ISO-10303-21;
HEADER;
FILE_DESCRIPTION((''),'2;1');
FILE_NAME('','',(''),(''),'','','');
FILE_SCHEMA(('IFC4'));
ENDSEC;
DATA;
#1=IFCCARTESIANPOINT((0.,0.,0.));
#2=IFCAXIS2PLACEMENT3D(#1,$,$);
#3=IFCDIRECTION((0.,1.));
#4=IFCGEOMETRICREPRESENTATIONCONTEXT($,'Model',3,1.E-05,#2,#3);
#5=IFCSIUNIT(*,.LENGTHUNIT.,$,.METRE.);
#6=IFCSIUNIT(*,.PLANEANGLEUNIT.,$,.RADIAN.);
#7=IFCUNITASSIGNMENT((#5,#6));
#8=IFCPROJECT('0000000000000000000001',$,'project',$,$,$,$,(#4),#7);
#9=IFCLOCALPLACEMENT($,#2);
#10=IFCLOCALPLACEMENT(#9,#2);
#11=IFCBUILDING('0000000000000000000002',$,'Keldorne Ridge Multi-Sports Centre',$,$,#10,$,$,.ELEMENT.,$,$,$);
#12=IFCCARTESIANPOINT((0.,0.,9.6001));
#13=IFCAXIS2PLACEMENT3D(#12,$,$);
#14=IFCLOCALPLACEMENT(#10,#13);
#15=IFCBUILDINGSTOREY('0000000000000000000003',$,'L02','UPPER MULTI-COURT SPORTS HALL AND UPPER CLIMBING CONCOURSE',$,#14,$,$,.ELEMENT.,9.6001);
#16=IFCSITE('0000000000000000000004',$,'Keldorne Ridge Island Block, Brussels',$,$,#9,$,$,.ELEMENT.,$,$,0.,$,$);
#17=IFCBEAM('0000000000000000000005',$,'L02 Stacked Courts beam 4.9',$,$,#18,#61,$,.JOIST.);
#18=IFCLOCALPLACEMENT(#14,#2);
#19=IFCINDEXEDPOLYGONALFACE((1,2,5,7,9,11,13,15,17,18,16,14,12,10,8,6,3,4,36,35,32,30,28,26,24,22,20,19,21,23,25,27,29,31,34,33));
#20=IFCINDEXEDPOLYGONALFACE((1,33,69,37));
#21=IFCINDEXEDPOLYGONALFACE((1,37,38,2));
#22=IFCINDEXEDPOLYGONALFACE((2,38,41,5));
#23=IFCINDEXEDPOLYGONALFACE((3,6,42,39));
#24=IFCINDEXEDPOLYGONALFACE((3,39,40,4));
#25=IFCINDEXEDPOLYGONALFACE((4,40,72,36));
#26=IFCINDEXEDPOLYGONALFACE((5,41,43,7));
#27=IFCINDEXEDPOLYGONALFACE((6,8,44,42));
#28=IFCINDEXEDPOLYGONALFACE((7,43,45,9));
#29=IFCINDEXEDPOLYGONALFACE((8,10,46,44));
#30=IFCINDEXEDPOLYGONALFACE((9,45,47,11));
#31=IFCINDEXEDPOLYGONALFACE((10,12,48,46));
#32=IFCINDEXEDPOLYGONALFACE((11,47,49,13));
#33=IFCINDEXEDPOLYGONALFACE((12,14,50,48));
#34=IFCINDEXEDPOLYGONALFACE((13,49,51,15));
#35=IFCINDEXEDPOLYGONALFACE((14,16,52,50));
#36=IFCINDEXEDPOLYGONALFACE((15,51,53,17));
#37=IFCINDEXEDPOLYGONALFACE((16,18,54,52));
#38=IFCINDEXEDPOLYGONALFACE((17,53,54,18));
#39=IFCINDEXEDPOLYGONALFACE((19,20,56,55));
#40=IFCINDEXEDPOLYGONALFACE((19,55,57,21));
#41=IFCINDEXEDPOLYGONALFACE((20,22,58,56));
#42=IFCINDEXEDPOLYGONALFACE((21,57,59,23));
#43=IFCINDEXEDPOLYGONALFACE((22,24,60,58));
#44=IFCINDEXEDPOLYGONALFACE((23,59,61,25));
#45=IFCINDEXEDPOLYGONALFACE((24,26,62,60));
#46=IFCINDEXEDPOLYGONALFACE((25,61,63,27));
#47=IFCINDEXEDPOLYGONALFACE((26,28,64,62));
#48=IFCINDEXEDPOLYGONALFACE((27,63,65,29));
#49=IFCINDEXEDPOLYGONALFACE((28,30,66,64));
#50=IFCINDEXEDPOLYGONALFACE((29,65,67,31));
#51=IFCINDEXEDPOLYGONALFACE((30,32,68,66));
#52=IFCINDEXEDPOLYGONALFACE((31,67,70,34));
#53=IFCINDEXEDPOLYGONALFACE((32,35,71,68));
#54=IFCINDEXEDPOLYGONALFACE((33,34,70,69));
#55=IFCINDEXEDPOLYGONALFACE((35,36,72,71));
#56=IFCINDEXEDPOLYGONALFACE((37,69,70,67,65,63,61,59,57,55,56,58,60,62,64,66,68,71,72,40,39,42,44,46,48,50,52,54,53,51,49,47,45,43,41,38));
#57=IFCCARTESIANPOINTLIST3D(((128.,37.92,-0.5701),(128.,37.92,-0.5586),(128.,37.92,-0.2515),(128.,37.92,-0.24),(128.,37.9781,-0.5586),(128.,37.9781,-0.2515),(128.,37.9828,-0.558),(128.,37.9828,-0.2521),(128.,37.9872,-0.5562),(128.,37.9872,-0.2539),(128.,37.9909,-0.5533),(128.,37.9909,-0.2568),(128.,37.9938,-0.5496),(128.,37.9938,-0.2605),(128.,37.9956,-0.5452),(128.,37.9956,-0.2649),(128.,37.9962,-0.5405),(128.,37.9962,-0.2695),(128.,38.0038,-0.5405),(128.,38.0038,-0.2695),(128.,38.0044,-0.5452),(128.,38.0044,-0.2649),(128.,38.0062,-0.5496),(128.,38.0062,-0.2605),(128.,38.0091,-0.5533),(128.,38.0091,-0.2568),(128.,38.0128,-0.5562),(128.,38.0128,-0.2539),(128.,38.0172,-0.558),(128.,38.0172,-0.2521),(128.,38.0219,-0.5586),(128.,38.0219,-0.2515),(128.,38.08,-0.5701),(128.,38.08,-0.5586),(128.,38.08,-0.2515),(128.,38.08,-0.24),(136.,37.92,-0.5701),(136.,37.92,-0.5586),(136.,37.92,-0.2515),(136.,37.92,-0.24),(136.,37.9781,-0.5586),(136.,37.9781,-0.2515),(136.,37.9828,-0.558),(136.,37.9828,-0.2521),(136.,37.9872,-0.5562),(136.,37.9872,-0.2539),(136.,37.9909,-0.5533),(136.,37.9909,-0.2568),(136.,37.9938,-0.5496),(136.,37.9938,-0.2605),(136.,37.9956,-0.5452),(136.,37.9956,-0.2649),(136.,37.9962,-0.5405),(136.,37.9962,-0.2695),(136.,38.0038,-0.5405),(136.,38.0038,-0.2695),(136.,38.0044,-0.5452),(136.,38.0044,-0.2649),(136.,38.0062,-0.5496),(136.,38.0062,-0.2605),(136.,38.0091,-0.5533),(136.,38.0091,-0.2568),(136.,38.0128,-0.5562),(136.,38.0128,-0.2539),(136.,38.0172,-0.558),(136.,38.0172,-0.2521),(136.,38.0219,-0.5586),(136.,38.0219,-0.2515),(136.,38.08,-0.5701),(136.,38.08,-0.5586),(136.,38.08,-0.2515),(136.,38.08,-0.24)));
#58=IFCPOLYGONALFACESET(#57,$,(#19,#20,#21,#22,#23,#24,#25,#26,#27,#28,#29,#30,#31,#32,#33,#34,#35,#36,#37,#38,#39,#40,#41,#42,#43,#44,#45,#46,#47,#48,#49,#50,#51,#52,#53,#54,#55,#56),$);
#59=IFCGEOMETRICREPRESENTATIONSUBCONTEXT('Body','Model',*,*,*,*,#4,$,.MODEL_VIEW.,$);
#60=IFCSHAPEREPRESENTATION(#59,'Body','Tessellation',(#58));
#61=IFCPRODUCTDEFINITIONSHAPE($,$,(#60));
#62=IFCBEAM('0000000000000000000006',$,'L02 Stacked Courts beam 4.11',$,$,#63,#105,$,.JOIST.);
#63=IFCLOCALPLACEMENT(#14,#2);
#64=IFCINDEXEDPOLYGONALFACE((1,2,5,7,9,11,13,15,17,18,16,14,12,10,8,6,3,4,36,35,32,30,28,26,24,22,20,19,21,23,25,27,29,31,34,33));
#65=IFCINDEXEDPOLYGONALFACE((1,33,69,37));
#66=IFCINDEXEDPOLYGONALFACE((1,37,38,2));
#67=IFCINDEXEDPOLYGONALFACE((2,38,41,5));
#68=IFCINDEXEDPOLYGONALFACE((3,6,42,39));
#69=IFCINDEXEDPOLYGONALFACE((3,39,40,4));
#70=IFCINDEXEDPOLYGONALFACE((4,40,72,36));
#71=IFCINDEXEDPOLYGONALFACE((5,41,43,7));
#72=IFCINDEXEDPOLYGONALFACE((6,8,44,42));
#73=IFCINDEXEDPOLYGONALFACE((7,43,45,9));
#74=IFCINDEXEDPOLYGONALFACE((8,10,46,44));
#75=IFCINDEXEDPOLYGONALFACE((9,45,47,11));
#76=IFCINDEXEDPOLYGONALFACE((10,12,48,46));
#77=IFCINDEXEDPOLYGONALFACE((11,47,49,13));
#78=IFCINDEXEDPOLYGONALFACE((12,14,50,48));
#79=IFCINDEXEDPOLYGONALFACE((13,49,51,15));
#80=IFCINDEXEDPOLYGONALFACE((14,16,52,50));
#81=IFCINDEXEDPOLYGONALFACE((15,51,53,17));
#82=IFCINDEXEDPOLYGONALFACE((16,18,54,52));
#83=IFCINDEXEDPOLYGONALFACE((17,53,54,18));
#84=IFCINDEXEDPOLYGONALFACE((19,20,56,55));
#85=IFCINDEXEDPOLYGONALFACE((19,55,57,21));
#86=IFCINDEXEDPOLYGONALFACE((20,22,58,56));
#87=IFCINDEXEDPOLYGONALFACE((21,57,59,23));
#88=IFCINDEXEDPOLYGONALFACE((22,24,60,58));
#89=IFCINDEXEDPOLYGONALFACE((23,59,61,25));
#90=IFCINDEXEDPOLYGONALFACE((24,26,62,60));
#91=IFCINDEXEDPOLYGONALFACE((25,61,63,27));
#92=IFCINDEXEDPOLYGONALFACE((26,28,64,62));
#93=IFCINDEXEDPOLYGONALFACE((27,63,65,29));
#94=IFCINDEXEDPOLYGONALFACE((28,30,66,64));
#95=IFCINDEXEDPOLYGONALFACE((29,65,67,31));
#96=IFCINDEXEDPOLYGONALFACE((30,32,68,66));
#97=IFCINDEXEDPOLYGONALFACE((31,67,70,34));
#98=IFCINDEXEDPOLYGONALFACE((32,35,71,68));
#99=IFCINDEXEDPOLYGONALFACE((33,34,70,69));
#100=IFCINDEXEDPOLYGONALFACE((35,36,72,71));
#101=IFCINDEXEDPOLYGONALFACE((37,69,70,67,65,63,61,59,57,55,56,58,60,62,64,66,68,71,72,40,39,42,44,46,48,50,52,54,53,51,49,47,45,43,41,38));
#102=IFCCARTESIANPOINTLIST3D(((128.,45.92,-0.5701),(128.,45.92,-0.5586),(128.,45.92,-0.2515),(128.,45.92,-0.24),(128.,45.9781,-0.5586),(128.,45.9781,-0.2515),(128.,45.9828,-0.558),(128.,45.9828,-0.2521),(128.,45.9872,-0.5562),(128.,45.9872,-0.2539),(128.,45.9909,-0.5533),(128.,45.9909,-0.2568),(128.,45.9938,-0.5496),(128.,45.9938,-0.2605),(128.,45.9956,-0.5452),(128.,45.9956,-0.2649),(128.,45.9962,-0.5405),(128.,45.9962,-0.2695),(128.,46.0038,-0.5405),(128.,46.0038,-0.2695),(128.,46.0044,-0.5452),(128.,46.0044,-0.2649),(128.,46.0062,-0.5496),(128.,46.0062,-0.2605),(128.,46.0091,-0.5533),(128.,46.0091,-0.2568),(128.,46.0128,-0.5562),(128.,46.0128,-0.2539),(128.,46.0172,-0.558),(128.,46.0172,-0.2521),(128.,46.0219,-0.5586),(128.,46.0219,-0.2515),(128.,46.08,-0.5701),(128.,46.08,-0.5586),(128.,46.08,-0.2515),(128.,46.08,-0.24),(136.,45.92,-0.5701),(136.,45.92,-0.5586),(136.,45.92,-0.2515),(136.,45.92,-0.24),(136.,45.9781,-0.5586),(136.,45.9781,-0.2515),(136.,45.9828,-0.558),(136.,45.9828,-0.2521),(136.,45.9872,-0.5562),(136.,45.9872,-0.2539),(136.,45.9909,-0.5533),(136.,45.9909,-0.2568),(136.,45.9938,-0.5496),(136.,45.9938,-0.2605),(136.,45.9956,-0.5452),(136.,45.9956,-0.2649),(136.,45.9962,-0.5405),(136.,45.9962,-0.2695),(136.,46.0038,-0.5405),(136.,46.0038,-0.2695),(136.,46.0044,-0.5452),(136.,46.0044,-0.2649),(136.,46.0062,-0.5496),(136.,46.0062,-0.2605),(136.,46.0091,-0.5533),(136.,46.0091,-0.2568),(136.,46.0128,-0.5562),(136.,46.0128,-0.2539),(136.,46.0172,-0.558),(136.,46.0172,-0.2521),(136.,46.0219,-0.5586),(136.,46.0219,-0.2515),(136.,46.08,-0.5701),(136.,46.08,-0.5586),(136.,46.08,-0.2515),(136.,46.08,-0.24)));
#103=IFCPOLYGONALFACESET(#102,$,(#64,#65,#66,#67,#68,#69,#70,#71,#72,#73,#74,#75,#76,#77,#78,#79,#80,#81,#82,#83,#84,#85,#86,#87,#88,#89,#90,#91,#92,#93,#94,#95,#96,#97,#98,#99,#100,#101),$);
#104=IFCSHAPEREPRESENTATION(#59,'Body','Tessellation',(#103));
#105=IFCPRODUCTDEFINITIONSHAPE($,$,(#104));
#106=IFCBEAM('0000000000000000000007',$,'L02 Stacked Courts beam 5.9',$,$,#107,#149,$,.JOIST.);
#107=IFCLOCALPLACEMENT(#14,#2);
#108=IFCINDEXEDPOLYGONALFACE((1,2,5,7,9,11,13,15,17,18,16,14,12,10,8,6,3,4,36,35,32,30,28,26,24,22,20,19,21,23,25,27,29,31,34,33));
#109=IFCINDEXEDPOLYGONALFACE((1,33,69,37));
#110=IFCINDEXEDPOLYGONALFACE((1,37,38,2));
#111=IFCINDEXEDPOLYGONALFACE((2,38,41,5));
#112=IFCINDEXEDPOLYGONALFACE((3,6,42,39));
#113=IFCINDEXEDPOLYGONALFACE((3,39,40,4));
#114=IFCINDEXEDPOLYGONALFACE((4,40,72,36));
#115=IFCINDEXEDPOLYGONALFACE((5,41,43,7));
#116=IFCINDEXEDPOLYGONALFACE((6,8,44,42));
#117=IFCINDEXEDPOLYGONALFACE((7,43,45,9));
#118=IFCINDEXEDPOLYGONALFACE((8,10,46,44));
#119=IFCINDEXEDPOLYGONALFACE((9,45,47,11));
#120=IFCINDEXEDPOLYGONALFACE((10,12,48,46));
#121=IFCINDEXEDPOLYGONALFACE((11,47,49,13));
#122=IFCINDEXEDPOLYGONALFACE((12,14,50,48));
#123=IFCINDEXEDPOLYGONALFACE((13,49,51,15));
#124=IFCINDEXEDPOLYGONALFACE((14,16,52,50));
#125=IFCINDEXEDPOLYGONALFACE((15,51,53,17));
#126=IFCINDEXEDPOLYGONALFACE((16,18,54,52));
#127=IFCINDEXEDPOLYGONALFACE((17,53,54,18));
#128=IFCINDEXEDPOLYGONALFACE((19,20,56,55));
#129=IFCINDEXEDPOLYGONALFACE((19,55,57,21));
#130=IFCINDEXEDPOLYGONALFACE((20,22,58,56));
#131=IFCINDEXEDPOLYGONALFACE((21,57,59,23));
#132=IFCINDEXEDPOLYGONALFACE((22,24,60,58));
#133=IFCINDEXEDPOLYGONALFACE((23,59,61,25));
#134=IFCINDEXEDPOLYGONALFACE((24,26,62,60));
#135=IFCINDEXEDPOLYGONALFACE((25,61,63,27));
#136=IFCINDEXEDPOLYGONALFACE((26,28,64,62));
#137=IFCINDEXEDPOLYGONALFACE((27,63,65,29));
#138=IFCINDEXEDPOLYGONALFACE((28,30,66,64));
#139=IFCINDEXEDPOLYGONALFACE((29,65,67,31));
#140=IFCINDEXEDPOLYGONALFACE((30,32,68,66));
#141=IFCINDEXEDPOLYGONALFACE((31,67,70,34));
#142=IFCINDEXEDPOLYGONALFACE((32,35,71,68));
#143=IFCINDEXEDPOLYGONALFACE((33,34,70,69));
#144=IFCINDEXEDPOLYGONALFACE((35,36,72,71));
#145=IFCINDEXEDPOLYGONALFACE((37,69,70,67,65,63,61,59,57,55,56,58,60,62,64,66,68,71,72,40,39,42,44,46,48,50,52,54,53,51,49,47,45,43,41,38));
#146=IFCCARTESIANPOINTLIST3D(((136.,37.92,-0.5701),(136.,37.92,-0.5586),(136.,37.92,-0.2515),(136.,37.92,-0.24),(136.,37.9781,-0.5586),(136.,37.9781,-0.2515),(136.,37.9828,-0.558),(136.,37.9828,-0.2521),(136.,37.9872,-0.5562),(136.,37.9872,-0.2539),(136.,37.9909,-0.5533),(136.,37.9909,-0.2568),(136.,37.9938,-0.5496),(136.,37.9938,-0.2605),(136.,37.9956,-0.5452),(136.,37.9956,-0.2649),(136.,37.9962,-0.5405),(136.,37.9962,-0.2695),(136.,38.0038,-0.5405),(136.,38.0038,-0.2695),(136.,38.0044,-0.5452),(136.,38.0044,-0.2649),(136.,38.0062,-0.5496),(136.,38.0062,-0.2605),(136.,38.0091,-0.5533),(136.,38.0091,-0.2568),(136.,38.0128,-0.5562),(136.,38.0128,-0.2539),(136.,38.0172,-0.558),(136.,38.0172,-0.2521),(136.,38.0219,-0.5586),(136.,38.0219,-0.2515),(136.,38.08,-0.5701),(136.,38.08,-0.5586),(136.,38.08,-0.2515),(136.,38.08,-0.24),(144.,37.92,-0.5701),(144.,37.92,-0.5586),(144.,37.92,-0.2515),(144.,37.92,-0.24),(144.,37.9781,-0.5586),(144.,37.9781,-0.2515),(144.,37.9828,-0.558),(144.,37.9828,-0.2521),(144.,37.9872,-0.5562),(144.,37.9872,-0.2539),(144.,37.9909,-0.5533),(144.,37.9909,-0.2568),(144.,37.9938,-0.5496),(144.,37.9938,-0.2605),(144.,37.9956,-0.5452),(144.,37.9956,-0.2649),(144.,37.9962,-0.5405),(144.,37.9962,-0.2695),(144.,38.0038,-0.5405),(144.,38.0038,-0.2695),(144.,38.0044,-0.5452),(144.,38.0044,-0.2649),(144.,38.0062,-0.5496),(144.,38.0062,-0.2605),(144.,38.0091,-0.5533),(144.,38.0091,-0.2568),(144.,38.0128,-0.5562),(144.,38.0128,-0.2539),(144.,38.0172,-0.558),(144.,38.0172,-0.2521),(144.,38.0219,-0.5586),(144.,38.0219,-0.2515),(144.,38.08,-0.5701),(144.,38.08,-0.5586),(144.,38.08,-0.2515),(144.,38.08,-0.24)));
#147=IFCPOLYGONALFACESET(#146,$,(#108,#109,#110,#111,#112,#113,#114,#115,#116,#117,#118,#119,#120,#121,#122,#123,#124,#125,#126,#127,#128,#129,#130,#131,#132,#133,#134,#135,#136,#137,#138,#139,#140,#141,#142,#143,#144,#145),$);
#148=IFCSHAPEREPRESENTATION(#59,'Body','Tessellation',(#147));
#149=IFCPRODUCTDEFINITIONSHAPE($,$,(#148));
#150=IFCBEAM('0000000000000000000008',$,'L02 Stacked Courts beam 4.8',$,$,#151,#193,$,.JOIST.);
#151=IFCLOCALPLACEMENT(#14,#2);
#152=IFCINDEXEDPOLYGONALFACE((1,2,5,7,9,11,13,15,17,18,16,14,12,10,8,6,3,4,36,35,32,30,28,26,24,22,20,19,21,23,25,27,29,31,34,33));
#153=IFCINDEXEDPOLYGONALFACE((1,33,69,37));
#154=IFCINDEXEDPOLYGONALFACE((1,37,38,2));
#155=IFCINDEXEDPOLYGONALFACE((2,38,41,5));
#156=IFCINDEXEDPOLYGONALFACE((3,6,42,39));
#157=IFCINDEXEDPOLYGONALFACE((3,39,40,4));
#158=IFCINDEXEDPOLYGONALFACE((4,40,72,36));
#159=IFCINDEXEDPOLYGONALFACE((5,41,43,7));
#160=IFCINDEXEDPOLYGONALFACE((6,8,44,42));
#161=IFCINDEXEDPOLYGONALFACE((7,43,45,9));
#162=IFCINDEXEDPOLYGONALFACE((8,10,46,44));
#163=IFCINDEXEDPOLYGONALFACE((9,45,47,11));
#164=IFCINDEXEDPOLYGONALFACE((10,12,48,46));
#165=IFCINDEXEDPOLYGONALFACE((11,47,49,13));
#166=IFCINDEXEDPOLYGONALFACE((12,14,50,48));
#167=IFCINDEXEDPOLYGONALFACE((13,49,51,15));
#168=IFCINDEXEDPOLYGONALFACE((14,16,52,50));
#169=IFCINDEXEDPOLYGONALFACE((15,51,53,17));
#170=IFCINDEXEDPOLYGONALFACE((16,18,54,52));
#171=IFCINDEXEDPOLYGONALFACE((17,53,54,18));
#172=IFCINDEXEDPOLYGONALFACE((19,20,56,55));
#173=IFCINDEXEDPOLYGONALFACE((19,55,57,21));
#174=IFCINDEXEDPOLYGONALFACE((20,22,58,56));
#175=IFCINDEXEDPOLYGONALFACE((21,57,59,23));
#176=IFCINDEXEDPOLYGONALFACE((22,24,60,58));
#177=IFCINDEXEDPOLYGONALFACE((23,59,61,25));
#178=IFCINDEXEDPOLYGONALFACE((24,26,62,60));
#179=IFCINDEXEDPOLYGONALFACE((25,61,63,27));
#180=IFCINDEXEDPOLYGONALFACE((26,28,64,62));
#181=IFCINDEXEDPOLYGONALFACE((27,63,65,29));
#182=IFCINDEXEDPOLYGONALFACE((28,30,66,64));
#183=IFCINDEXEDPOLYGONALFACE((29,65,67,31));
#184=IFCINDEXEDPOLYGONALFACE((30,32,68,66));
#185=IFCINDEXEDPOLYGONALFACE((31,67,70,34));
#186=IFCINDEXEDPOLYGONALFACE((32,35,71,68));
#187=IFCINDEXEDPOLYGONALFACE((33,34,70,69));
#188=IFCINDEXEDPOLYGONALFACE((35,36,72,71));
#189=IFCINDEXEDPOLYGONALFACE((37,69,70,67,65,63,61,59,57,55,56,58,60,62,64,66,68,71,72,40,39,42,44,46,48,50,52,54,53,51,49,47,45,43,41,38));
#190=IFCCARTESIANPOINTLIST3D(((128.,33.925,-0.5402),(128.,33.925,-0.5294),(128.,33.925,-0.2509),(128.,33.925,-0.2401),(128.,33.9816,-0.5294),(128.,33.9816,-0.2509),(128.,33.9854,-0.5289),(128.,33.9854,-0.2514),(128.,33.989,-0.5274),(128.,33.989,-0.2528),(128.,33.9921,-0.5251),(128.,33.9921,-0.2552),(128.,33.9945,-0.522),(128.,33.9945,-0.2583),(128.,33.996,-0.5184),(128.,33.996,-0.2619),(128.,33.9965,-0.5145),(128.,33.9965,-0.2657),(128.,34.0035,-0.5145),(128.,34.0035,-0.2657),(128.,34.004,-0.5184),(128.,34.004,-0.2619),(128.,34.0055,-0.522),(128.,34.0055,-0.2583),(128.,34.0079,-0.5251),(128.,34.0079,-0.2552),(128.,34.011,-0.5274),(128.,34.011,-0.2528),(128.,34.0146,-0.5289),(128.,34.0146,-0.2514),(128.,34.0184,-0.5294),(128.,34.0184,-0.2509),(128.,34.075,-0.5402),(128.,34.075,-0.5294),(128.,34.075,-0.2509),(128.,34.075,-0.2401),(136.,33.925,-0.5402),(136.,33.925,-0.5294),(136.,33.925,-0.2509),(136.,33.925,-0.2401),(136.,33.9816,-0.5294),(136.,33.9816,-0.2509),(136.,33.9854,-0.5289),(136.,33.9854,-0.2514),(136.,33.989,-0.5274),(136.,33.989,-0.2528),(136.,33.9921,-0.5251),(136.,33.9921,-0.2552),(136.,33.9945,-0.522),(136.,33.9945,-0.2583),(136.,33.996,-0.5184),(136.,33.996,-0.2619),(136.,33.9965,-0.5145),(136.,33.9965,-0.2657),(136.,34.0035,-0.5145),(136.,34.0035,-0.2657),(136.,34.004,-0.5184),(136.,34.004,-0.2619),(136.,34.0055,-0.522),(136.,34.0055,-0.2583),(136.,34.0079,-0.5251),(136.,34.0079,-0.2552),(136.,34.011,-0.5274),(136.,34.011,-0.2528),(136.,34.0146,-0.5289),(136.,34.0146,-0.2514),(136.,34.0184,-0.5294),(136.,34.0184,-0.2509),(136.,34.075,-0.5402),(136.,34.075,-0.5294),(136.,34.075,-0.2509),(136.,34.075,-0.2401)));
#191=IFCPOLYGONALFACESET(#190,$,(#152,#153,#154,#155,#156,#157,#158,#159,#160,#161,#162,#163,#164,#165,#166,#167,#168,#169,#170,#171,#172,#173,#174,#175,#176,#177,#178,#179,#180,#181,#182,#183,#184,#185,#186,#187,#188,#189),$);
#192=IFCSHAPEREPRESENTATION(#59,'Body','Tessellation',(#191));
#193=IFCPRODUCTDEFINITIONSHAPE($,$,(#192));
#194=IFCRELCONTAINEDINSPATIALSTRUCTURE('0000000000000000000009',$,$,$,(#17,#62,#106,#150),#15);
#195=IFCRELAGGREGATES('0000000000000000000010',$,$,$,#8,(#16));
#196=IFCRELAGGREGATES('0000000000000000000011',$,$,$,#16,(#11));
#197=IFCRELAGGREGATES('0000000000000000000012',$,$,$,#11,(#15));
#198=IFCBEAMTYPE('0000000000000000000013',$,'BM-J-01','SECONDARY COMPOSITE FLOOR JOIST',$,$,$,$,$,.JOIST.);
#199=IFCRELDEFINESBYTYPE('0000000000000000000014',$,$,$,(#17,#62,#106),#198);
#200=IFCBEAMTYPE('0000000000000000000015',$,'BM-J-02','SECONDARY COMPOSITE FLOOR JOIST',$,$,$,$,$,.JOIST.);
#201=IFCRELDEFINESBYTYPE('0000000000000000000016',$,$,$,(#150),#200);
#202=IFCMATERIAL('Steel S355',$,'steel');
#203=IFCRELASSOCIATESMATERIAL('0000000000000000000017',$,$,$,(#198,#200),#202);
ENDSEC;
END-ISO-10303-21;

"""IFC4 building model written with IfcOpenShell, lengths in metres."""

from ifc_helpers import new_model, si_unit, direction, frame, origin, origin_2d, place, context, subcontext, project, spatial, i_section, extrude, material, material_profile, profile_set, type_object, element, save


model = new_model("IFC4")

# Units and contexts
model_context = context("Model", 3, precision=1e-05, world=origin(), true_north=direction((0.0, 1.0)))
body_context = subcontext(model_context, "Body", "Model", "MODEL_VIEW")
ifc_project = project(units=[si_unit("LENGTHUNIT", "METRE"), si_unit("PLANEANGLEUNIT", "RADIAN")], contexts=[model_context])

# Site, building, storey
site_placement = place(None, origin())
site = spatial("IfcSite", under=ifc_project, at=site_placement, Name="Keldorne Ridge Island Block, Brussels", CompositionType="ELEMENT", RefElevation=0.0)
building_placement = place(site_placement, origin())
building = spatial("IfcBuilding", under=site, at=building_placement, Name="Keldorne Ridge Multi-Sports Centre", CompositionType="ELEMENT")
storey_placement = place(building_placement, frame((0.0, 0.0, 9.6001)))
storey = spatial("IfcBuildingStorey", under=building, at=storey_placement, Name="L02", Description="UPPER MULTI-COURT SPORTS HALL AND UPPER CLIMBING CONCOURSE", CompositionType="ELEMENT", Elevation=9.6001)

# Beams
ifc_material_1 = material(Name="Steel S355", Category="steel")
ifc_material_profile_1 = material_profile(ifc_material_1, i_section(OverallWidth=0.1599, OverallDepth=0.3301, WebThickness=0.0076, FlangeThickness=0.0115, FilletRadius=0.0181, at=origin_2d()), Name="IPE 330")
ifc_profile_set_1 = profile_set([ifc_material_profile_1], Name="Steel S355")
beam_type_1 = type_object("IfcBeamType", Name="BM-J-01", Description="SECONDARY COMPOSITE FLOOR JOIST", PredefinedType="JOIST", material=ifc_profile_set_1)
for number, where, z_axis, x_axis, name in (
    (1, (128.0, 38.0, -0.405), (1.0, 0.0, 0.0), (0.0, 1.0, 0.0), "L02 Stacked Courts beam 4.9"),
    (2, (128.0, 46.0, -0.405), (1.0, 0.0, 0.0), (0.0, 1.0, 0.0), "L02 Stacked Courts beam 4.11"),
    (3, (136.0, 38.0, -0.405), (1.0, 0.0, 0.0), (0.0, 1.0, 0.0), "L02 Stacked Courts beam 5.9"),
):
    element("IfcBeam", number, at=place(storey_placement, frame(where, z_axis=z_axis, x_axis=x_axis)), inside=storey, type_object=beam_type_1, Name=name, PredefinedType="JOIST", context=body_context, shape_type="SweptSolid", body=[
        extrude(i_section(OverallWidth=0.1599, OverallDepth=0.3301, WebThickness=0.0076, FlangeThickness=0.0115, FilletRadius=0.0181, at=origin_2d()), origin(), (0.0, 0.0, 1.0), 8.0),
    ])
ifc_material_profile_2 = material_profile(ifc_material_1, i_section(OverallWidth=0.1499, OverallDepth=0.3, WebThickness=0.0071, FlangeThickness=0.0107, FilletRadius=0.0149, at=origin_2d()), Name="IPE 300")
ifc_profile_set_2 = profile_set([ifc_material_profile_2], Name="Steel S355")
beam_type_2 = type_object("IfcBeamType", Name="BM-J-02", Description="SECONDARY COMPOSITE FLOOR JOIST", PredefinedType="JOIST", material=ifc_profile_set_2)
for number, where, z_axis, x_axis, name in (
    (4, (128.0, 34.0, -0.3901), (1.0, 0.0, 0.0), (0.0, 1.0, 0.0), "L02 Stacked Courts beam 4.8"),
):
    element("IfcBeam", number, at=place(storey_placement, frame(where, z_axis=z_axis, x_axis=x_axis)), inside=storey, type_object=beam_type_2, Name=name, PredefinedType="JOIST", context=body_context, shape_type="SweptSolid", body=[
        extrude(i_section(OverallWidth=0.1499, OverallDepth=0.3, WebThickness=0.0071, FlangeThickness=0.0107, FilletRadius=0.0149, at=origin_2d()), origin(), (0.0, 0.0, 1.0), 8.0),
    ])

save(model, "model.ifc")
